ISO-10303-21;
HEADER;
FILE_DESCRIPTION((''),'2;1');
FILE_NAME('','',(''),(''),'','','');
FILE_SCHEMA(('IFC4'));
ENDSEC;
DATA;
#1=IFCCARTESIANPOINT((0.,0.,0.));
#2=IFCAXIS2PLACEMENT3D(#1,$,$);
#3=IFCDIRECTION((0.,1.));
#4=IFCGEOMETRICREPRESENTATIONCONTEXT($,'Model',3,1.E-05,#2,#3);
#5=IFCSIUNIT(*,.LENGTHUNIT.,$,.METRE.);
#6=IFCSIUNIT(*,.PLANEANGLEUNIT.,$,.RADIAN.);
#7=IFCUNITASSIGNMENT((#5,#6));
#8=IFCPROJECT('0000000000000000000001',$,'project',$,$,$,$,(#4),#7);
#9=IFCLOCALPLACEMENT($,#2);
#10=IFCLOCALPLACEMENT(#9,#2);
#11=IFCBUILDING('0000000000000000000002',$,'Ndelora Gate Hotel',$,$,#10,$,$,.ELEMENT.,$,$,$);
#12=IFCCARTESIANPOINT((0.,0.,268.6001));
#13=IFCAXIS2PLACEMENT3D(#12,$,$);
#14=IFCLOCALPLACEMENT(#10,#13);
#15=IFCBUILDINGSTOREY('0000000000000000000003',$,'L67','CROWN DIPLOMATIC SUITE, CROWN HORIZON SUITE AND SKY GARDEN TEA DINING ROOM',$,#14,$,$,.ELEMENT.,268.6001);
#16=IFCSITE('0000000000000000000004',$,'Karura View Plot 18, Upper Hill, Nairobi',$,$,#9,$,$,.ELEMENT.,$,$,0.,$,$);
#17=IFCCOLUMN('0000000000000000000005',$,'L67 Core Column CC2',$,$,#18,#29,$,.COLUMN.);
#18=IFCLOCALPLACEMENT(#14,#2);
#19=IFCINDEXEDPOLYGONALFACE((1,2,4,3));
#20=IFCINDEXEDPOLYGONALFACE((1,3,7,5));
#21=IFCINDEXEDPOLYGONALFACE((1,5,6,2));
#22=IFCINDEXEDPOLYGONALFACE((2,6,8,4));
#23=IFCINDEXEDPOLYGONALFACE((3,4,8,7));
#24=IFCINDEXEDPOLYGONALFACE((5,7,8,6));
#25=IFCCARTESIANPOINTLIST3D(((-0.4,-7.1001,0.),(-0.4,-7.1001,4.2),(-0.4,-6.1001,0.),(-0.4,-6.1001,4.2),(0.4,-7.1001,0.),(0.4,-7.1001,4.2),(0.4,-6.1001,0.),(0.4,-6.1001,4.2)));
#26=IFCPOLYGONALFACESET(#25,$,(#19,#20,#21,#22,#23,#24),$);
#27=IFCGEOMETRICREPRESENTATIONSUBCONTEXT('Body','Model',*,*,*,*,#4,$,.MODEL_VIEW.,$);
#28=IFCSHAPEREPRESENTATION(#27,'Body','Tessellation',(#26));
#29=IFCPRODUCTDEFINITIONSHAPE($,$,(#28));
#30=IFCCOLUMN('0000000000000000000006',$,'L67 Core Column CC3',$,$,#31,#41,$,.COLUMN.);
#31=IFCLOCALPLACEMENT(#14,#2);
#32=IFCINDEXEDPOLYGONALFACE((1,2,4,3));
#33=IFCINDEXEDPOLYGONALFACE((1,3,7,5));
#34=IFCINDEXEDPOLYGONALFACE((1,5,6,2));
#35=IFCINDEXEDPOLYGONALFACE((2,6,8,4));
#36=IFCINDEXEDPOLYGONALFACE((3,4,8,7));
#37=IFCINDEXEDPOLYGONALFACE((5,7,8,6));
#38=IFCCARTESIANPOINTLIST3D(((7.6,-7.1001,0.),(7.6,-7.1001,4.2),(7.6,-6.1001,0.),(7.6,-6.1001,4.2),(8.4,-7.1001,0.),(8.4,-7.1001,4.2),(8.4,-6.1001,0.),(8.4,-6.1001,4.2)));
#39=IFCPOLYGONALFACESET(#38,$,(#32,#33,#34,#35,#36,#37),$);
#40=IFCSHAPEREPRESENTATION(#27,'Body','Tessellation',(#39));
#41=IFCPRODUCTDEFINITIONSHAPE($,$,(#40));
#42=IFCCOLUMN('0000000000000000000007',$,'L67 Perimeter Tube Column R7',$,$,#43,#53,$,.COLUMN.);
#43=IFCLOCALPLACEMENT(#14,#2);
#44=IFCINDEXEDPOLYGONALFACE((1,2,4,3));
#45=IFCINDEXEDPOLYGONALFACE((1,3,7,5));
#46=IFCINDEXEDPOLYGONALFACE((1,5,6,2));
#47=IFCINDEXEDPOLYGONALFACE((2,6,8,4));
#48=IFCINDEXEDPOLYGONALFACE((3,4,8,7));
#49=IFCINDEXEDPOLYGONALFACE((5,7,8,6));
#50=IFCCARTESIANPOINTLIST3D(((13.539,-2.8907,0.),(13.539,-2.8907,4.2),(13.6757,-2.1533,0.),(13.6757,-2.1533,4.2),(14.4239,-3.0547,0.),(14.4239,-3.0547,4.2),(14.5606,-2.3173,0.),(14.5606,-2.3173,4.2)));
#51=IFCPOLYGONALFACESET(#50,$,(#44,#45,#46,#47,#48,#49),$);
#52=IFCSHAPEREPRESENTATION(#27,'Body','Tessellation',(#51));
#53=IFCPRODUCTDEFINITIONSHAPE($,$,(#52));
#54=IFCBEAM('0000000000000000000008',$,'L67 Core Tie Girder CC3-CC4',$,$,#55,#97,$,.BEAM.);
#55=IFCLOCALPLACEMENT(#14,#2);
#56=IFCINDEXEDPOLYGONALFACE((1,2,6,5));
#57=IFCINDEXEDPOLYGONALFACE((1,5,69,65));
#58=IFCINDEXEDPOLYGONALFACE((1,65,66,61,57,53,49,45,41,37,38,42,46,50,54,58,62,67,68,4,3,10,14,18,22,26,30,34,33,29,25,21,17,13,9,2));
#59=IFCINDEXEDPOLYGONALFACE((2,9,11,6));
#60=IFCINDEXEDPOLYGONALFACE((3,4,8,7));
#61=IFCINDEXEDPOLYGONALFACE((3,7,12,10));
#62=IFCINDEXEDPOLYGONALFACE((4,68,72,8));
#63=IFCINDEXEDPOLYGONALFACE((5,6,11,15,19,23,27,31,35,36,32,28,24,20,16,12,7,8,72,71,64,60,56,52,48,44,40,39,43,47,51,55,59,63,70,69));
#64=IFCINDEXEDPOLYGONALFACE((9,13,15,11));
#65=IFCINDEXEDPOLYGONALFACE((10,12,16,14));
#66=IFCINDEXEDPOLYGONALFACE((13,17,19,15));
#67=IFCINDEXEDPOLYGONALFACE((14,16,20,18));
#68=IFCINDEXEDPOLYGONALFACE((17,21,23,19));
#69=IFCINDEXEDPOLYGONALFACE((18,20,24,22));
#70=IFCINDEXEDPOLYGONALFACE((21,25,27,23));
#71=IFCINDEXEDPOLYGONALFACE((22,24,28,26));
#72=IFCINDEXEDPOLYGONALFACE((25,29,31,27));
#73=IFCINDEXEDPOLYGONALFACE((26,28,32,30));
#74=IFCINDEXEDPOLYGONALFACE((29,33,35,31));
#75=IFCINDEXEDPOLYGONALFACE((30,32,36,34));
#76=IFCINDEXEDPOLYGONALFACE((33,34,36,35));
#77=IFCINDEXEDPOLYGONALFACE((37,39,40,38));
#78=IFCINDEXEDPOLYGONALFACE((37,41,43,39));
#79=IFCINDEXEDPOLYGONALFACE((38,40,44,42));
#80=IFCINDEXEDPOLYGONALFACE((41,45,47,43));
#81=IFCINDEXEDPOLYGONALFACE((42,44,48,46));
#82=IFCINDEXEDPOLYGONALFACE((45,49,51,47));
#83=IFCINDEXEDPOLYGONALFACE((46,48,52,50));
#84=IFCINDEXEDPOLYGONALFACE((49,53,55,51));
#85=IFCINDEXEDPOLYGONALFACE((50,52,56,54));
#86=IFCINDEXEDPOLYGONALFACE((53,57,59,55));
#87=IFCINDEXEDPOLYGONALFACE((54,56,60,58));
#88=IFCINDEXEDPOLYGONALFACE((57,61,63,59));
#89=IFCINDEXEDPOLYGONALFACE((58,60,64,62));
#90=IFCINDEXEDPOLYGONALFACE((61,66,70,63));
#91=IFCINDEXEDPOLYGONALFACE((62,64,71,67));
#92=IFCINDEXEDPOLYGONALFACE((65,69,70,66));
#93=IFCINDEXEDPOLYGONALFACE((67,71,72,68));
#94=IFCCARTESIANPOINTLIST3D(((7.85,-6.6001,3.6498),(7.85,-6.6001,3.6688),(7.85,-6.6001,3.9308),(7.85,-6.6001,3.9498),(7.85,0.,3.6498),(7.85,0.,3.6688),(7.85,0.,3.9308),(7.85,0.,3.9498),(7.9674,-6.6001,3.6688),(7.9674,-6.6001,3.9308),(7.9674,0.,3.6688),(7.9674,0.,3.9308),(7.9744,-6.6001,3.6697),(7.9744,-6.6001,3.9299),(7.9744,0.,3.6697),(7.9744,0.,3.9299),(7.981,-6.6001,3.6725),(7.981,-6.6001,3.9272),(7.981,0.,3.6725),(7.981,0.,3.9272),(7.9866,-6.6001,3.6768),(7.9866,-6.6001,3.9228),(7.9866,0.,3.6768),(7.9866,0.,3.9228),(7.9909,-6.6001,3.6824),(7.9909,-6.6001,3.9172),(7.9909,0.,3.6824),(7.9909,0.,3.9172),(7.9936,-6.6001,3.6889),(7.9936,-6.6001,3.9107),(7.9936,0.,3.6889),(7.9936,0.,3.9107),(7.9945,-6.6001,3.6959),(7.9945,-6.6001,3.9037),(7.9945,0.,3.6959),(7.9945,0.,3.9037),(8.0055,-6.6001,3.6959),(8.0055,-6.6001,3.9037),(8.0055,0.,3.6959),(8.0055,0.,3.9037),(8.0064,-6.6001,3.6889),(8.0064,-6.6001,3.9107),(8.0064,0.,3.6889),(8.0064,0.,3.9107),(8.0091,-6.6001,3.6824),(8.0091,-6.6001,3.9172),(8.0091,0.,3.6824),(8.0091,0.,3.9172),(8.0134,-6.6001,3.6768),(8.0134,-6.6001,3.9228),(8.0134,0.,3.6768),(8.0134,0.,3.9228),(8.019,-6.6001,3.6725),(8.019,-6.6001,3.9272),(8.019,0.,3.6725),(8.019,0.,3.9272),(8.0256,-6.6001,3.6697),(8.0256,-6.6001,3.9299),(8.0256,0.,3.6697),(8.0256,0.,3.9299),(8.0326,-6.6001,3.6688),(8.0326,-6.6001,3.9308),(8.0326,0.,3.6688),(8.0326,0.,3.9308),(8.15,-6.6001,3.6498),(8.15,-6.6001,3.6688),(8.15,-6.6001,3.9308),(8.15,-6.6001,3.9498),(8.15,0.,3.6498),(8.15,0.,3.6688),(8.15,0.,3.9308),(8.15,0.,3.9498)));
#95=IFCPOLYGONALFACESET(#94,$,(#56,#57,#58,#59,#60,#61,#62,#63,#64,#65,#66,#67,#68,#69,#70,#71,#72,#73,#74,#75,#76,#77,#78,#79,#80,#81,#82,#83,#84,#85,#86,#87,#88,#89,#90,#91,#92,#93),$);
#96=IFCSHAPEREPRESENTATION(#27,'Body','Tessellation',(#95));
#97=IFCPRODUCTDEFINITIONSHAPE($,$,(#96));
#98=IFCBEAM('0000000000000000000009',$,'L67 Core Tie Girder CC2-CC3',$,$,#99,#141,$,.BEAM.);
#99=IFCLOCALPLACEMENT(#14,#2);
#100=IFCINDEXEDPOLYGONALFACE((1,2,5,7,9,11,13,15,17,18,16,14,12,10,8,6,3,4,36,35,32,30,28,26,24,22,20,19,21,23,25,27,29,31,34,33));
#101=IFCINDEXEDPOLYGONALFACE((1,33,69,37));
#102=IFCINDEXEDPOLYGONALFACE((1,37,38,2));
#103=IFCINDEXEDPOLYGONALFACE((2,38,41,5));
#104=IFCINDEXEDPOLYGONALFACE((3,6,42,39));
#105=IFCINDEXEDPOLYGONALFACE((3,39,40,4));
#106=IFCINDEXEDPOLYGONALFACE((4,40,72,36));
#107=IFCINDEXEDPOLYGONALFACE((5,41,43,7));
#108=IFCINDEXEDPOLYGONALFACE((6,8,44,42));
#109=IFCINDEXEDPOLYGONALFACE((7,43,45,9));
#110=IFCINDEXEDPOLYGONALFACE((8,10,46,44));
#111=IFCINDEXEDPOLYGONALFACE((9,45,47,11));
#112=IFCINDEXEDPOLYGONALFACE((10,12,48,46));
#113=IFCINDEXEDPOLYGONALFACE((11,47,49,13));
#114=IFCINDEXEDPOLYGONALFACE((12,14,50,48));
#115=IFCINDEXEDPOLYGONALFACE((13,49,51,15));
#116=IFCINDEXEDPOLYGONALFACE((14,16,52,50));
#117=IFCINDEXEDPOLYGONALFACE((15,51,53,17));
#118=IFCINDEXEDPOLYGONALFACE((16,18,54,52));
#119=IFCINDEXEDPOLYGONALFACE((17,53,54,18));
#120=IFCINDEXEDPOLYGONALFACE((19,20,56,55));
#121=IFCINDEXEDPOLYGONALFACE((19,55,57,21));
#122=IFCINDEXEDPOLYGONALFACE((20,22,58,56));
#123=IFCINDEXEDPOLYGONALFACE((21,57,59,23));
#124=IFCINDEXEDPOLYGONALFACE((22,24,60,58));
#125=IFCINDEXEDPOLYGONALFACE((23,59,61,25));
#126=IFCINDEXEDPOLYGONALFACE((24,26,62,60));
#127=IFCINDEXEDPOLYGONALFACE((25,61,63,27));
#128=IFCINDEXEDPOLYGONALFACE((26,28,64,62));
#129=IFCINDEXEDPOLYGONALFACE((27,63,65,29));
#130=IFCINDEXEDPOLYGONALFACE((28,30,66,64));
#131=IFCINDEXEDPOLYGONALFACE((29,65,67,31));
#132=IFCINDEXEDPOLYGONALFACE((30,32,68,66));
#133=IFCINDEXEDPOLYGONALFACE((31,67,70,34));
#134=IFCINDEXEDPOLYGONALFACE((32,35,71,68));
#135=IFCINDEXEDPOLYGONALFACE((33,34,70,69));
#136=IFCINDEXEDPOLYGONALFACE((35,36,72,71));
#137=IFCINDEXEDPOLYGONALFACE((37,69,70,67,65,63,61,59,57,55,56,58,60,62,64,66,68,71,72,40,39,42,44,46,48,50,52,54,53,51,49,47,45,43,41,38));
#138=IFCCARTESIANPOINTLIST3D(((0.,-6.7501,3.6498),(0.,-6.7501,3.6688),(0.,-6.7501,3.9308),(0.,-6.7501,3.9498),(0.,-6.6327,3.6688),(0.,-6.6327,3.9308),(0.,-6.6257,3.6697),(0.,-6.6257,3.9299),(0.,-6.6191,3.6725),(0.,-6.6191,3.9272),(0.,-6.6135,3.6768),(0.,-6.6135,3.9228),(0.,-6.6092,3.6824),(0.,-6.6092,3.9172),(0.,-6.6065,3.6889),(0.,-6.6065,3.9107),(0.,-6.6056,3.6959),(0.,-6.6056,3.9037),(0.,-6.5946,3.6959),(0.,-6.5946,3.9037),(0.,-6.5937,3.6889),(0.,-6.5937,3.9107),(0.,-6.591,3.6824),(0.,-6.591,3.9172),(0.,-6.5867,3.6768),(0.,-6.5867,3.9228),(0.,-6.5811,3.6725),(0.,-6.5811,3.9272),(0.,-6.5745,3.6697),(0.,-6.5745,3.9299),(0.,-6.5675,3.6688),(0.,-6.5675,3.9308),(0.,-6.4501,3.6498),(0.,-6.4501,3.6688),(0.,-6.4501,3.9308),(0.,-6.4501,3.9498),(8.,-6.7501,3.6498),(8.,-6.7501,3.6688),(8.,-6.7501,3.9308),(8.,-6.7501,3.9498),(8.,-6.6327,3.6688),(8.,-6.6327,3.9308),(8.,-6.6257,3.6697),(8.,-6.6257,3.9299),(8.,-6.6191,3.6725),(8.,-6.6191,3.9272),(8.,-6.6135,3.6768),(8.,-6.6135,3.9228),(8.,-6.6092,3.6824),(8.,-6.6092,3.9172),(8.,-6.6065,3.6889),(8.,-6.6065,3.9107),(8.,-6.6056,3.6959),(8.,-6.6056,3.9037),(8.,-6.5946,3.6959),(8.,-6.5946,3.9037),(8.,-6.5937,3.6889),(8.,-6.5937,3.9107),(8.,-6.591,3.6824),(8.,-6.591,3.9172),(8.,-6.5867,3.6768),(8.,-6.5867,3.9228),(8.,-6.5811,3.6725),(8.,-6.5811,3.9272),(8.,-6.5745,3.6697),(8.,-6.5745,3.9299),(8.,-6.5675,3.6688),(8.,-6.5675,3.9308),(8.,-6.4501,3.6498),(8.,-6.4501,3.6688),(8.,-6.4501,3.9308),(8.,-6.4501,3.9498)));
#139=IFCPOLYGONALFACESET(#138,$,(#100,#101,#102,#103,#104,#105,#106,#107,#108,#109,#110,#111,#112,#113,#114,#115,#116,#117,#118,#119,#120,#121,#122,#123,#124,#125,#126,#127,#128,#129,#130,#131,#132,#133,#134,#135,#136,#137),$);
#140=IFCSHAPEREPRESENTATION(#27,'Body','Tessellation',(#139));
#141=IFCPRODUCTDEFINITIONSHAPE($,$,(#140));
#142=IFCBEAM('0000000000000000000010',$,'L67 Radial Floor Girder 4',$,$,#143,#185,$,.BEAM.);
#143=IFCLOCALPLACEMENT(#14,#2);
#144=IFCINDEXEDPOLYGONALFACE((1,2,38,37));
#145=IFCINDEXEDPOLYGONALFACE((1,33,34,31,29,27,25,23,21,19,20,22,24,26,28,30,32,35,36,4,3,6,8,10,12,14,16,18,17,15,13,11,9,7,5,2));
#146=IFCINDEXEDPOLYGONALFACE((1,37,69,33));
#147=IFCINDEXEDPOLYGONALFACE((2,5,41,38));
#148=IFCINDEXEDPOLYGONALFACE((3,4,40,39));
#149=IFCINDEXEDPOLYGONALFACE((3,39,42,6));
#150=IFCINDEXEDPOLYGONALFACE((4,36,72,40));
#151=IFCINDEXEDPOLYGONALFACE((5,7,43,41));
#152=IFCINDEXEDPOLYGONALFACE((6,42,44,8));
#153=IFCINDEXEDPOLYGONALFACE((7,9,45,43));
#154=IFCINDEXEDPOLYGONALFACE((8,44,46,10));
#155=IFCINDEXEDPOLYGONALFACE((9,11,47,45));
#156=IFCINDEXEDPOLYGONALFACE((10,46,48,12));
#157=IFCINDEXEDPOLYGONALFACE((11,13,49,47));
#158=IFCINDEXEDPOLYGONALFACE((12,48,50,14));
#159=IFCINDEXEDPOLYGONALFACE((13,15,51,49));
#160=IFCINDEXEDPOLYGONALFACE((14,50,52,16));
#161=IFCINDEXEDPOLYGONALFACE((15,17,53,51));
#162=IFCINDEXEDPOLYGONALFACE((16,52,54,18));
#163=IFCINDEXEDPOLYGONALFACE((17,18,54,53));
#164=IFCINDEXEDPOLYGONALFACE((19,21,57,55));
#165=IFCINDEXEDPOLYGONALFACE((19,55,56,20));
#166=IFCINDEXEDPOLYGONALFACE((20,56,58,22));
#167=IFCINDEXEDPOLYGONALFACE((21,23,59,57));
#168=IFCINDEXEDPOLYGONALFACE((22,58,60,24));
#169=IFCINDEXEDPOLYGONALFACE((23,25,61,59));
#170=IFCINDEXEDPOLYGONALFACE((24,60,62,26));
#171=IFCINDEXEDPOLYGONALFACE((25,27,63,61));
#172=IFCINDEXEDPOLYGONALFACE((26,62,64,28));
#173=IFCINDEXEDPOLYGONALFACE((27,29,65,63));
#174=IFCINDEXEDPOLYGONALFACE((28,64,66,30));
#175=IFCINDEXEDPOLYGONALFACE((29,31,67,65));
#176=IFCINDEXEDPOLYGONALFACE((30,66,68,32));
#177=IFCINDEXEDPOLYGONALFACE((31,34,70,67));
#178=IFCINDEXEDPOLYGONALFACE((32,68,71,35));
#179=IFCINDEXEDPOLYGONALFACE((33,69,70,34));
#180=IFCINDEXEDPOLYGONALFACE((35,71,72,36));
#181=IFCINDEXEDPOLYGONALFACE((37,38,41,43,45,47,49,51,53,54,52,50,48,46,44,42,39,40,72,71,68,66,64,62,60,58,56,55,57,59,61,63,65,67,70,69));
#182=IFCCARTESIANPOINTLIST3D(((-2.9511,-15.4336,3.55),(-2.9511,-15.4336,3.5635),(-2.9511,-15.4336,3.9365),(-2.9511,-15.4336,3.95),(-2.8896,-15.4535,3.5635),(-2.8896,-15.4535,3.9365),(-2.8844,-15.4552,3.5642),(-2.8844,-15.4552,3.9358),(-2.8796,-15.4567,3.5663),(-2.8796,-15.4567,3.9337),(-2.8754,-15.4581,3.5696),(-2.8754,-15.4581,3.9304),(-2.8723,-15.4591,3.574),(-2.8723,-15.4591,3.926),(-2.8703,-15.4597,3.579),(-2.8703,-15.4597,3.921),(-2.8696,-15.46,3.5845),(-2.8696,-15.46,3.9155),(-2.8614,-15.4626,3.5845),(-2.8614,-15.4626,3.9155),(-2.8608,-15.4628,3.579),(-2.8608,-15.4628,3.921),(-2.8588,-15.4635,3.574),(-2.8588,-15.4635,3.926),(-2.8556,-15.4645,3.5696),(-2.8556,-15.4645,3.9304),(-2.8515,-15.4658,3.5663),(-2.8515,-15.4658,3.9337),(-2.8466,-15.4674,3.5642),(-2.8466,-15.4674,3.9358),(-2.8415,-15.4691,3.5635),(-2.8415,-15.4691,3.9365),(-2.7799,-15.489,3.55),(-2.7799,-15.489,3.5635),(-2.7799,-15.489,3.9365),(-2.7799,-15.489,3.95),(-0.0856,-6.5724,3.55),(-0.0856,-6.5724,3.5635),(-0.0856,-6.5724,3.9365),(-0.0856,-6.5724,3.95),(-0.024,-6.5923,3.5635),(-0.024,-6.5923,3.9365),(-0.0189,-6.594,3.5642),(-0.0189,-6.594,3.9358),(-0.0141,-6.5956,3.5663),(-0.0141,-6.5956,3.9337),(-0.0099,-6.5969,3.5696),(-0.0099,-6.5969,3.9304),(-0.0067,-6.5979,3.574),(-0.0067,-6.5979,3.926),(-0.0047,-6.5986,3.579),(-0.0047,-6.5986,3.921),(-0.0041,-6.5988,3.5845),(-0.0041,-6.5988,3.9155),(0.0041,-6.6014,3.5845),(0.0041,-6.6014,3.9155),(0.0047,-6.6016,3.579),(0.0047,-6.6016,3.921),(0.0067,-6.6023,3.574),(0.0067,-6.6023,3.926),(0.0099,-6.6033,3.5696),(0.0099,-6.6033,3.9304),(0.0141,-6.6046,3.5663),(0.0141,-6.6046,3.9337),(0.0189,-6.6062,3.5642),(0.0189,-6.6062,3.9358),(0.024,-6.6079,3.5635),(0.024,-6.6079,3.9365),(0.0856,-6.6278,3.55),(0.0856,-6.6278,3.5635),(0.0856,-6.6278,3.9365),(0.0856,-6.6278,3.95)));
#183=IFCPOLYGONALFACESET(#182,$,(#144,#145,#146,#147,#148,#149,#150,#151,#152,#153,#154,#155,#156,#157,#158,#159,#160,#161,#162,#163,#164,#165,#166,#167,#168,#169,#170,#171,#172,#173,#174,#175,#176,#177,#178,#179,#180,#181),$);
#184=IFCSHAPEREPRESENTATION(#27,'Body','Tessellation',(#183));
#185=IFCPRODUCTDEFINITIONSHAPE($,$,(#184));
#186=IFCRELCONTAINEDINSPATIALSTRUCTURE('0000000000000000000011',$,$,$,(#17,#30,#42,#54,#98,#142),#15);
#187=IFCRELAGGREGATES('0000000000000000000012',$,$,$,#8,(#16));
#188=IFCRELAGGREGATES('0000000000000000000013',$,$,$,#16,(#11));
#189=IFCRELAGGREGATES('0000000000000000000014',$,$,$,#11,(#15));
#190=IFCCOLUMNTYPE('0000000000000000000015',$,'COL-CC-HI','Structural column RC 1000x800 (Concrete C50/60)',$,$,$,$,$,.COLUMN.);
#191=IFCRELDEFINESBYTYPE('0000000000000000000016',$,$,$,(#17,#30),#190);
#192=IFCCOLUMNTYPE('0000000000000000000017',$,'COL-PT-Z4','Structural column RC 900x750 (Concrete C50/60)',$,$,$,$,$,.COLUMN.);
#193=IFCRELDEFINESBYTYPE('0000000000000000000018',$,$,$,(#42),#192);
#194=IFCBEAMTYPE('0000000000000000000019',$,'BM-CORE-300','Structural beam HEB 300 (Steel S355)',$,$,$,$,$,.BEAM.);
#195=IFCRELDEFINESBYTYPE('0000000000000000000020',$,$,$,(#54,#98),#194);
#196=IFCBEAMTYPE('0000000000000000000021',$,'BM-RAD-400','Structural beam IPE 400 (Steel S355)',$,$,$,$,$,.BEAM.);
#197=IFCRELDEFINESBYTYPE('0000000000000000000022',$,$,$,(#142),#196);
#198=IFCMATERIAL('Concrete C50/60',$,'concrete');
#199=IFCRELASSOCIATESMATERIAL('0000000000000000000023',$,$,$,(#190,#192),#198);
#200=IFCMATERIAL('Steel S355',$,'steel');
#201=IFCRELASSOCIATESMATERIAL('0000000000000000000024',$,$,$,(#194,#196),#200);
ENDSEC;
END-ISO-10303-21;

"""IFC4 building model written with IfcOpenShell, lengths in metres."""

from ifc_helpers import new_model, si_unit, direction, frame, origin, origin_2d, place, context, subcontext, project, spatial, rectangle, i_section, extrude, material, material_profile, profile_set, type_object, element, save


model = new_model("IFC4")

# Units and contexts
model_context = context("Model", 3, precision=1e-05, world=origin(), true_north=direction((0.0, 1.0)))
body_context = subcontext(model_context, "Body", "Model", "MODEL_VIEW")
ifc_project = project(units=[si_unit("LENGTHUNIT", "METRE"), si_unit("PLANEANGLEUNIT", "RADIAN")], contexts=[model_context])

# Site, building, storey
site_placement = place(None, origin())
site = spatial("IfcSite", under=ifc_project, at=site_placement, Name="Karura View Plot 18, Upper Hill, Nairobi", CompositionType="ELEMENT", RefElevation=0.0)
building_placement = place(site_placement, origin())
building = spatial("IfcBuilding", under=site, at=building_placement, Name="Ndelora Gate Hotel", CompositionType="ELEMENT")
storey_placement = place(building_placement, frame((0.0, 0.0, 268.6001)))
storey = spatial("IfcBuildingStorey", under=building, at=storey_placement, Name="L67", Description="CROWN DIPLOMATIC SUITE, CROWN HORIZON SUITE AND SKY GARDEN TEA DINING ROOM", CompositionType="ELEMENT", Elevation=268.6001)

# Columns
ifc_material_1 = material(Name="Concrete C50/60", Category="concrete")
ifc_material_profile_1 = material_profile(ifc_material_1, rectangle(XDim=0.8, YDim=1.0, at=origin_2d()), Name="RC 1000x800")
ifc_profile_set_1 = profile_set([ifc_material_profile_1], Name="Concrete C50/60")
column_type_1 = type_object("IfcColumnType", Name="COL-CC-HI", Description="Structural column RC 1000x800 (Concrete C50/60)", PredefinedType="COLUMN", material=ifc_profile_set_1)
for number, where, z_axis, x_axis, name in (
    (1, (0.0, -6.6001, 0.0), (0.0, 0.0, 1.0), (1.0, 0.0, 0.0), "L67 Core Column CC2"),
    (2, (8.0, -6.6001, 0.0), (0.0, 0.0, 1.0), (1.0, 0.0, 0.0), "L67 Core Column CC3"),
):
    element("IfcColumn", number, at=place(storey_placement, frame(where, z_axis=z_axis, x_axis=x_axis)), inside=storey, type_object=column_type_1, Name=name, PredefinedType="COLUMN", context=body_context, shape_type="SweptSolid", body=[
        extrude(rectangle(XDim=0.8, YDim=1.0, at=origin_2d()), origin(), (0.0, 0.0, 1.0), 4.2),
    ])
ifc_material_profile_2 = material_profile(ifc_material_1, rectangle(XDim=0.75, YDim=0.8999, at=origin_2d()), Name="RC 900x750")
ifc_profile_set_2 = profile_set([ifc_material_profile_2], Name="Concrete C50/60")
column_type_2 = type_object("IfcColumnType", Name="COL-PT-Z4", Description="Structural column RC 900x750 (Concrete C50/60)", PredefinedType="COLUMN", material=ifc_profile_set_2)
column_placement = place(storey_placement, frame((14.0498, -2.604, 0.0), z_axis=(0.0, 0.0, 1.0), x_axis=(0.182236, 0.983255, 0.0)))
element("IfcColumn", 3, at=column_placement, inside=storey, type_object=column_type_2, Name="L67 Perimeter Tube Column R7", PredefinedType="COLUMN", context=body_context, shape_type="SweptSolid", body=[
    extrude(rectangle(XDim=0.75, YDim=0.8999, at=origin_2d()), origin(), (0.0, 0.0, 1.0), 4.2),
])

# Beams
ifc_material_2 = material(Name="Steel S355", Category="steel")
ifc_material_profile_3 = material_profile(ifc_material_2, i_section(OverallWidth=0.3, OverallDepth=0.3, WebThickness=0.011, FlangeThickness=0.019, FilletRadius=0.0271, at=origin_2d()), Name="HEB 300")
ifc_profile_set_3 = profile_set([ifc_material_profile_3], Name="Steel S355")
beam_type_1 = type_object("IfcBeamType", Name="BM-CORE-300", Description="Structural beam HEB 300 (Steel S355)", PredefinedType="BEAM", material=ifc_profile_set_3)
beam_1_placement = place(storey_placement, frame((8.0, -6.6001, 3.7998), z_axis=(0.0, 1.0, 0.0), x_axis=(-1.0, 0.0, 0.0)))
element("IfcBeam", 4, at=beam_1_placement, inside=storey, type_object=beam_type_1, Name="L67 Core Tie Girder CC3-CC4", PredefinedType="BEAM", context=body_context, shape_type="SweptSolid", body=[
    extrude(i_section(OverallWidth=0.3, OverallDepth=0.3, WebThickness=0.011, FlangeThickness=0.019, FilletRadius=0.0271, at=origin_2d()), origin(), (0.0, 0.0, 1.0), 6.6001),
])
beam_2_placement = place(storey_placement, frame((0.0, -6.6001, 3.7998), z_axis=(1.0, 0.0, 0.0), x_axis=(0.0, 1.0, 0.0)))
element("IfcBeam", 5, at=beam_2_placement, inside=storey, type_object=beam_type_1, Name="L67 Core Tie Girder CC2-CC3", PredefinedType="BEAM", context=body_context, shape_type="SweptSolid", body=[
    extrude(i_section(OverallWidth=0.3, OverallDepth=0.3, WebThickness=0.011, FlangeThickness=0.019, FilletRadius=0.0271, at=origin_2d()), origin(), (0.0, 0.0, 1.0), 8.0),
])
ifc_material_profile_4 = material_profile(ifc_material_2, i_section(OverallWidth=0.1799, OverallDepth=0.3999, WebThickness=0.0085, FlangeThickness=0.0134, FilletRadius=0.021, at=origin_2d()), Name="IPE 400")
ifc_profile_set_4 = profile_set([ifc_material_profile_4], Name="Steel S355")
beam_type_2 = type_object("IfcBeamType", Name="BM-RAD-400", Description="Structural beam IPE 400 (Steel S355)", PredefinedType="BEAM", material=ifc_profile_set_4)
beam_3_placement = place(storey_placement, frame((0.0, -6.6001, 3.75), z_axis=(-0.30769, -0.951487, 0.0), x_axis=(0.951487, -0.30769, 0.0)))
element("IfcBeam", 6, at=beam_3_placement, inside=storey, type_object=beam_type_2, Name="L67 Radial Floor Girder 4", PredefinedType="BEAM", context=body_context, shape_type="SweptSolid", body=[
    extrude(i_section(OverallWidth=0.1799, OverallDepth=0.3999, WebThickness=0.0085, FlangeThickness=0.0134, FilletRadius=0.021, at=origin_2d()), origin(), (0.0, 0.0, 1.0), 9.313),
])

save(model, "model.ifc")
